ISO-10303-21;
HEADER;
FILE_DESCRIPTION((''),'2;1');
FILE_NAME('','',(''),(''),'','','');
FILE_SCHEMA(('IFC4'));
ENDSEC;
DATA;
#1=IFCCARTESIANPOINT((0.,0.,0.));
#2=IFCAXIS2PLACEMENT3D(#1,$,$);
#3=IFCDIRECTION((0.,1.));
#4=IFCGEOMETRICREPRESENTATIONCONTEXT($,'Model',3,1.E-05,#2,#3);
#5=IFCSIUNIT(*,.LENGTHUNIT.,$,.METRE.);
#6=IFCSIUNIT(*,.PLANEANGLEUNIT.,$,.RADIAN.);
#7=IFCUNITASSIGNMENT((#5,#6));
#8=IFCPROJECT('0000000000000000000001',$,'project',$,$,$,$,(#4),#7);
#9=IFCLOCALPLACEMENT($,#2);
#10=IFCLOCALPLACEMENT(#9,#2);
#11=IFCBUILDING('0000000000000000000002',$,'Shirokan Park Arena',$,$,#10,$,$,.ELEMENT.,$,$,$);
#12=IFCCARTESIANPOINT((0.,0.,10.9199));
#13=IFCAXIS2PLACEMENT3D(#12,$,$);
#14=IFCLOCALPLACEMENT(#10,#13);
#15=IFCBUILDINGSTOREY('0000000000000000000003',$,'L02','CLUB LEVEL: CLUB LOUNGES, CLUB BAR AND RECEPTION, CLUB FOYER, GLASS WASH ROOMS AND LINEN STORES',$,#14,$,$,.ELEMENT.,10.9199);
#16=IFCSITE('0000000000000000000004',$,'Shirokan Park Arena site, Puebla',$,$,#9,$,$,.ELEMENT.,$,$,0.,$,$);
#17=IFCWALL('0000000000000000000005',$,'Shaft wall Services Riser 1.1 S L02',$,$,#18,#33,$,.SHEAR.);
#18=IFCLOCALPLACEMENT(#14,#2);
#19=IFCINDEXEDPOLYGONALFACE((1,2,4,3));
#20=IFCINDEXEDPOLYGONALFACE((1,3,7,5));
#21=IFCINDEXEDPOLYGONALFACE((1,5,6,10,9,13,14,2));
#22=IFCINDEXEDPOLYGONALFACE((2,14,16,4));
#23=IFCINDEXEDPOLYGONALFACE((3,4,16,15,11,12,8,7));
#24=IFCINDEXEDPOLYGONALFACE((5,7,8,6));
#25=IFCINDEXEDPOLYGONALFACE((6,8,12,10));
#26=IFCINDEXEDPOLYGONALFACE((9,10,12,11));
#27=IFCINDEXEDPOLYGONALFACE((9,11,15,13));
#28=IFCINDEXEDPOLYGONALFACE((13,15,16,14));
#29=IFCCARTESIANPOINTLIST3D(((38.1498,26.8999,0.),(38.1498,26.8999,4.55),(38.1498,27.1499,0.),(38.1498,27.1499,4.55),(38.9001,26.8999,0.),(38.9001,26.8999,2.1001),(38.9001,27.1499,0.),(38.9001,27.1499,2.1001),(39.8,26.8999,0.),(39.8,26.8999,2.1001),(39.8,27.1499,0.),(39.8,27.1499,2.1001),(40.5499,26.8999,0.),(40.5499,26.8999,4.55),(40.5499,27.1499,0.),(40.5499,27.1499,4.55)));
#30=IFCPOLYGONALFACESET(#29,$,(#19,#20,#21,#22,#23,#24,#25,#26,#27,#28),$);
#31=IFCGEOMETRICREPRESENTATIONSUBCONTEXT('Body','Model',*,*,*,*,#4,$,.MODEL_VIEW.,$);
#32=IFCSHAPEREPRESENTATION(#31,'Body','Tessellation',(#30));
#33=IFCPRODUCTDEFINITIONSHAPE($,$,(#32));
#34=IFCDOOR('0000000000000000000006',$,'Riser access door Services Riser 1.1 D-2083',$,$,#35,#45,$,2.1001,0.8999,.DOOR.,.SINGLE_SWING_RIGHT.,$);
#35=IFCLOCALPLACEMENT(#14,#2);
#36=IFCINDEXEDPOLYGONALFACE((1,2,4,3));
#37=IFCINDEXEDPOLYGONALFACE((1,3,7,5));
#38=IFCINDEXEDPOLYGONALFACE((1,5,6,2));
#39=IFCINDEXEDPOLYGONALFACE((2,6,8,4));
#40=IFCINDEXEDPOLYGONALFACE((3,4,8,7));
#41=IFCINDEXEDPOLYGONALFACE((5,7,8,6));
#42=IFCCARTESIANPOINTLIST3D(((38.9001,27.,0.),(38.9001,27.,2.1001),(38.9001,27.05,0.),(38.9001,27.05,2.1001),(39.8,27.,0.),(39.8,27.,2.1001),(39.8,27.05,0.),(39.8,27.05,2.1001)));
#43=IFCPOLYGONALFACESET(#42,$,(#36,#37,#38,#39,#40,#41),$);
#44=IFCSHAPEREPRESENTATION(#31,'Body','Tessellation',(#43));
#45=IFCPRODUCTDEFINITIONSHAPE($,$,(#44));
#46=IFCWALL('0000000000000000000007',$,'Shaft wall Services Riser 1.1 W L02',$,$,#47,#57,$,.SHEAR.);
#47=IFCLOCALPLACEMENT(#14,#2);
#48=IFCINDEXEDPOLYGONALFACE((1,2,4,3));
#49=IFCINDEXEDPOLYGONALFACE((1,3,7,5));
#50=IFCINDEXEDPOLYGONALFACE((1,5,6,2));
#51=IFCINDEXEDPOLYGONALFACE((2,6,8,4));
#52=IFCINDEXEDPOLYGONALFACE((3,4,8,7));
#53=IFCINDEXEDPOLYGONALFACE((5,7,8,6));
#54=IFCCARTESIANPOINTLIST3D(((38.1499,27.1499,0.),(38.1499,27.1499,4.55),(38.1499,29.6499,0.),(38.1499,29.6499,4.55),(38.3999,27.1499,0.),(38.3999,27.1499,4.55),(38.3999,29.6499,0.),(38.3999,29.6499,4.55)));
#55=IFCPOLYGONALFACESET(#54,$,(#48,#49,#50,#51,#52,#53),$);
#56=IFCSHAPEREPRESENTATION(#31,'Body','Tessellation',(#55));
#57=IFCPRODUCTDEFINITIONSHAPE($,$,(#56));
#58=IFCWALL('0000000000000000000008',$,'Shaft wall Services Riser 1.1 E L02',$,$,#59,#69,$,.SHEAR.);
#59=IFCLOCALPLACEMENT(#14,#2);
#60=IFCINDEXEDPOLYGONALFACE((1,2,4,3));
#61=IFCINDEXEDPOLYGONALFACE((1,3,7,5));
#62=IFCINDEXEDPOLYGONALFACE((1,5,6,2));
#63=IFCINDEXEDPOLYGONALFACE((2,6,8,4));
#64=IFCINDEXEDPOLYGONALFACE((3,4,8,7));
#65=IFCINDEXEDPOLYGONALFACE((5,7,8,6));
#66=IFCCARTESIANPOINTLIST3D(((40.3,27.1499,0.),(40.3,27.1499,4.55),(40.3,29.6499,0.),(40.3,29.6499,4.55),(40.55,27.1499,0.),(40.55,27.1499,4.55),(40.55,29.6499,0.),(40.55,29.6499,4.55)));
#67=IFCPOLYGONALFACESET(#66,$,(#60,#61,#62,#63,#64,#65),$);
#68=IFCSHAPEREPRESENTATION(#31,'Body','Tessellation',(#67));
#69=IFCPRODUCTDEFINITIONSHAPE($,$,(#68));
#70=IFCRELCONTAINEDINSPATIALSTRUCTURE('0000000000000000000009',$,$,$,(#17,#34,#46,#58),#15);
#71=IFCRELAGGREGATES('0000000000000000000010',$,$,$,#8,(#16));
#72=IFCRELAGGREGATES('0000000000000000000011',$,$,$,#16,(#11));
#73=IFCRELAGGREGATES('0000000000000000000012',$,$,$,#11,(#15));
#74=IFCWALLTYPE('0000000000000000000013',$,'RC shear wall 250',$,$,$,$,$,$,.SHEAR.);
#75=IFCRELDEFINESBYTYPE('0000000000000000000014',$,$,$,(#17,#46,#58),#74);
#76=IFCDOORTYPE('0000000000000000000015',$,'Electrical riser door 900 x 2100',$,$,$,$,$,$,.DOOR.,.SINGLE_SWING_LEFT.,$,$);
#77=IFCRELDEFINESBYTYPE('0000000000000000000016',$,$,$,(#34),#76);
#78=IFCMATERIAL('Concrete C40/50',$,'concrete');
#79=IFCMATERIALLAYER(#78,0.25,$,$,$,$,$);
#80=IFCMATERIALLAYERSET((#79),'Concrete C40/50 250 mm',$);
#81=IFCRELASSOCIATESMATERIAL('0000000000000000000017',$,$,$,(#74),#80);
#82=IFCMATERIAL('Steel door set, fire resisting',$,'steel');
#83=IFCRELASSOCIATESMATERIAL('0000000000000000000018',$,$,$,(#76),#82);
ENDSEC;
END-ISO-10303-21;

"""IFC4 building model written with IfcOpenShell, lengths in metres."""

from ifc_helpers import new_model, si_unit, direction, frame, frame_2d, origin, place, context, subcontext, project, spatial, rectangle, extrude, material, layer, layer_set, type_object, element, fill, save


model = new_model("IFC4")

# Units and contexts
model_context = context("Model", 3, precision=1e-05, world=origin(), true_north=direction((0.0, 1.0)))
body_context = subcontext(model_context, "Body", "Model", "MODEL_VIEW")
ifc_project = project(units=[si_unit("LENGTHUNIT", "METRE"), si_unit("PLANEANGLEUNIT", "RADIAN")], contexts=[model_context])

# Site, building, storey
site_placement = place(None, origin())
site = spatial("IfcSite", under=ifc_project, at=site_placement, Name="Shirokan Park Arena site, Puebla", CompositionType="ELEMENT", RefElevation=0.0)
building_placement = place(site_placement, origin())
building = spatial("IfcBuilding", under=site, at=building_placement, Name="Shirokan Park Arena", CompositionType="ELEMENT")
storey_placement = place(building_placement, frame((0.0, 0.0, 10.9199)))
storey = spatial("IfcBuildingStorey", under=building, at=storey_placement, Name="L02", Description="CLUB LEVEL: CLUB LOUNGES, CLUB BAR AND RECEPTION, CLUB FOYER, GLASS WASH ROOMS AND LINEN STORES", CompositionType="ELEMENT", Elevation=10.9199)

# Wall, opening, door
ifc_material_1 = material(Name="Concrete C40/50", Category="concrete")
ifc_layer_1 = layer(ifc_material_1, 0.25)
ifc_layer_set_1 = layer_set([ifc_layer_1], Name="Concrete C40/50 250 mm")
wall_type_1 = type_object("IfcWallType", Name="RC shear wall 250", PredefinedType="SHEAR", material=ifc_layer_set_1)
wall_1_placement = place(storey_placement, frame((40.55, 27.0249, 0.0), z_axis=(0.0, 0.0, 1.0), x_axis=(-1.0, 0.0, 0.0)))
wall_1 = element("IfcWall", 1, at=wall_1_placement, inside=storey, type_object=wall_type_1, Name="Shaft wall Services Riser 1.1 S L02", PredefinedType="SHEAR", context=body_context, shape_type="SweptSolid", body=[
    extrude(rectangle(XDim=2.4001, YDim=0.25, at=frame_2d((1.2002, 0.0))), origin(), (0.0, 0.0, 1.0), 4.55),
])
opening_1_placement = place(wall_1_placement, frame((0.75, 0.0, 0.0)))
opening_1 = element("IfcOpeningElement", 2, at=opening_1_placement, cuts=wall_1, PredefinedType="OPENING", context=body_context, shape_type="SweptSolid", body=[
    extrude(rectangle(XDim=0.8999, YDim=2.1001, at=frame_2d((0.45, 1.05))), frame((0.0, 0.135, 0.0), z_axis=(0.0, -1.0, 0.0), x_axis=(1.0, 0.0, 0.0)), (0.0, 0.0, 1.0), 0.27),
])
ifc_material_2 = material(Name="Steel door set, fire resisting", Category="steel")
door_type_1 = type_object("IfcDoorType", Name="Electrical riser door 900 x 2100", OperationType="SINGLE_SWING_LEFT", PredefinedType="DOOR", material=ifc_material_2)
door_1_placement = place(opening_1_placement, origin())
door_1 = element("IfcDoor", 3, at=door_1_placement, inside=storey, type_object=door_type_1, Name="Riser access door Services Riser 1.1 D-2083", OperationType="SINGLE_SWING_RIGHT", OverallHeight=2.1001, OverallWidth=0.8999, PredefinedType="DOOR", context=body_context, shape_type="SweptSolid", body=[
    extrude(rectangle(XDim=0.8999, YDim=2.1001, at=frame_2d((0.45, 1.05))), frame((0.0, 0.0249, 0.0), z_axis=(0.0, -1.0, 0.0), x_axis=(1.0, 0.0, 0.0)), (0.0, 0.0, 1.0), 0.05),
])
fill(opening_1, door_1)

# Walls
for number, where, z_axis, x_axis, name in (
    (4, (38.2749, 29.6499, 0.0), (0.0, 0.0, 1.0), (0.0, -1.0, 0.0), "Shaft wall Services Riser 1.1 W L02"),
    (5, (40.425, 29.6499, 0.0), (0.0, 0.0, 1.0), (0.0, -1.0, 0.0), "Shaft wall Services Riser 1.1 E L02"),
):
    element("IfcWall", number, at=place(storey_placement, frame(where, z_axis=z_axis, x_axis=x_axis)), inside=storey, type_object=wall_type_1, Name=name, PredefinedType="SHEAR", context=body_context, shape_type="SweptSolid", body=[
        extrude(rectangle(XDim=2.5, YDim=0.25, at=frame_2d((1.25, 0.0))), origin(), (0.0, 0.0, 1.0), 4.55),
    ])

save(model, "model.ifc")
